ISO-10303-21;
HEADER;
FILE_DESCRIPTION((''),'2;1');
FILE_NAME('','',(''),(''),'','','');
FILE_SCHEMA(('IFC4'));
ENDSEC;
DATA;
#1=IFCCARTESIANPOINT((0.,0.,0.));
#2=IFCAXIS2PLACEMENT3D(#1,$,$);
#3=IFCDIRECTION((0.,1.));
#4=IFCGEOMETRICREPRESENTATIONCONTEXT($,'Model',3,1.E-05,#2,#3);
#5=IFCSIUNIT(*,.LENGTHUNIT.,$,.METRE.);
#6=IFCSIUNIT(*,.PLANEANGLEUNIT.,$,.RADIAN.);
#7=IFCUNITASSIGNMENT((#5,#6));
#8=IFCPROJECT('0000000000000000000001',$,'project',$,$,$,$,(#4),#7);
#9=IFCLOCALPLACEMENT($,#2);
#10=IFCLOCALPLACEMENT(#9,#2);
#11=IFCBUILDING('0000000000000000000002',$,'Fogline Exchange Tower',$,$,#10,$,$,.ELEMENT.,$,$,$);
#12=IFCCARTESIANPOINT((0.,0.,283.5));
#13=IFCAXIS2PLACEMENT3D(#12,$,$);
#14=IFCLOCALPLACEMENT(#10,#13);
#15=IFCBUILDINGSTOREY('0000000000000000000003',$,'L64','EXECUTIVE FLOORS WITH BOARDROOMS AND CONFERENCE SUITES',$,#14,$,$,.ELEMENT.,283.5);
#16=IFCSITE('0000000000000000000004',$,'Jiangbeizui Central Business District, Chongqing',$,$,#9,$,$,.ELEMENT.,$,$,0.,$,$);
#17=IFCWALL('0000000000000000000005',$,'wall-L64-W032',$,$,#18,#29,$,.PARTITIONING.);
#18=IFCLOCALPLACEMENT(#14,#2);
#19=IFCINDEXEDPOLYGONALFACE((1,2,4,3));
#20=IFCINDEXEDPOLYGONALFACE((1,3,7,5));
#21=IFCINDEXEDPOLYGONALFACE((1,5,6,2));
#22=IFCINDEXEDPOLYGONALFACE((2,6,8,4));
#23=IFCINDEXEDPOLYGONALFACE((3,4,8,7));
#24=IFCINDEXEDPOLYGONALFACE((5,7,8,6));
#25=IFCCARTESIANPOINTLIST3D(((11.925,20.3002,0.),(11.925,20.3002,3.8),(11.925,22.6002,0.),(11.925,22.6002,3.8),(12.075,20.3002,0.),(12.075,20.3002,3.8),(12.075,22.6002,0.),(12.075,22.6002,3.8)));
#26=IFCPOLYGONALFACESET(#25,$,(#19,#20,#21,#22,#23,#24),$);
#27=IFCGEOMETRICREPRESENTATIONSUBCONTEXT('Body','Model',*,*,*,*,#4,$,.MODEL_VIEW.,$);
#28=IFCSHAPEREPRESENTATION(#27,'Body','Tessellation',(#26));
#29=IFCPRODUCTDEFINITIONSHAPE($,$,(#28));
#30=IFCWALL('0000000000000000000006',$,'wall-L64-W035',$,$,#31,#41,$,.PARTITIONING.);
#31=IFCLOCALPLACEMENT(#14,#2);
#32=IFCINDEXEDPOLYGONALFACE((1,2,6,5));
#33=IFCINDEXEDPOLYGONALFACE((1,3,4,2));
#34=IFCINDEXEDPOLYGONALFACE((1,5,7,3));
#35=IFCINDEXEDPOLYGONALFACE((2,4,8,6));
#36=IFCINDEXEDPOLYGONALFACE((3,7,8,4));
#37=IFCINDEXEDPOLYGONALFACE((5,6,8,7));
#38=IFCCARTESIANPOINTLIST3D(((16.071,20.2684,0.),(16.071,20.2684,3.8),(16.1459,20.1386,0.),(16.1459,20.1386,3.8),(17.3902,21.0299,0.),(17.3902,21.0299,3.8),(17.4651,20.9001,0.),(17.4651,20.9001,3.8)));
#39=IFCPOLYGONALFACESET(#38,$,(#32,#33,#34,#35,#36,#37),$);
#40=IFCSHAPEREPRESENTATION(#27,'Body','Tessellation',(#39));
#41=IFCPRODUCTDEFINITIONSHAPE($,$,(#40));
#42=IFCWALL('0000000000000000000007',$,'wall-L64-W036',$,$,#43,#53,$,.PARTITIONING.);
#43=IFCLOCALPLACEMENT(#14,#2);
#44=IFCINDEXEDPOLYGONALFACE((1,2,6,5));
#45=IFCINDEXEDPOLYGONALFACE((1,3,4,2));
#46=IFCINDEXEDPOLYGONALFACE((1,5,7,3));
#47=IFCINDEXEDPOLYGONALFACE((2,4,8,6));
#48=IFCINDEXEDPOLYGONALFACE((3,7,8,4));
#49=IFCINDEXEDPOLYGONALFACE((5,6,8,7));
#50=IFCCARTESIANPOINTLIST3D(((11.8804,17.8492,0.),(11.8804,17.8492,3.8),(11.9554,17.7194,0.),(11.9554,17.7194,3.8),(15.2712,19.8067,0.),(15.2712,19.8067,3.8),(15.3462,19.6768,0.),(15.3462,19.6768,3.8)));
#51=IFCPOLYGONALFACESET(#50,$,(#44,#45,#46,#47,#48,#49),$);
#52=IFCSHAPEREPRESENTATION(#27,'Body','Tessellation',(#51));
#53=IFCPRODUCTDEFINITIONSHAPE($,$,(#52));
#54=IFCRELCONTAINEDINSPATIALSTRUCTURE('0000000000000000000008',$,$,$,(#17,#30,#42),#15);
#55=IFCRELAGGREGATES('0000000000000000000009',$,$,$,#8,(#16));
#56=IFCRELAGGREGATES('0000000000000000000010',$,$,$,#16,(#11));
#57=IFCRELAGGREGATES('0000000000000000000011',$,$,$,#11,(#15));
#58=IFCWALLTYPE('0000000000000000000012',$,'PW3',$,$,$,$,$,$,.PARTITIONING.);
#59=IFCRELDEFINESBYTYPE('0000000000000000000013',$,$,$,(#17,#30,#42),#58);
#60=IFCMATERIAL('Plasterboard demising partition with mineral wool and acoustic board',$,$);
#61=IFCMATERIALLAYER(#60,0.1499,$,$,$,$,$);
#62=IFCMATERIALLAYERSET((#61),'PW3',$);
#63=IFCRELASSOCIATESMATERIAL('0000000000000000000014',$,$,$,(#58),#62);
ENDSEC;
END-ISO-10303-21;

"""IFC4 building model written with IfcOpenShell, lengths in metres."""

from ifc_helpers import new_model, si_unit, direction, frame, frame_2d, origin, place, context, subcontext, project, spatial, rectangle, extrude, material, layer, layer_set, type_object, element, save


model = new_model("IFC4")

# Units and contexts
model_context = context("Model", 3, precision=1e-05, world=origin(), true_north=direction((0.0, 1.0)))
body_context = subcontext(model_context, "Body", "Model", "MODEL_VIEW")
ifc_project = project(units=[si_unit("LENGTHUNIT", "METRE"), si_unit("PLANEANGLEUNIT", "RADIAN")], contexts=[model_context])

# Site, building, storey
site_placement = place(None, origin())
site = spatial("IfcSite", under=ifc_project, at=site_placement, Name="Jiangbeizui Central Business District, Chongqing", CompositionType="ELEMENT", RefElevation=0.0)
building_placement = place(site_placement, origin())
building = spatial("IfcBuilding", under=site, at=building_placement, Name="Fogline Exchange Tower", CompositionType="ELEMENT")
storey_placement = place(building_placement, frame((0.0, 0.0, 283.5)))
storey = spatial("IfcBuildingStorey", under=building, at=storey_placement, Name="L64", Description="EXECUTIVE FLOORS WITH BOARDROOMS AND CONFERENCE SUITES", CompositionType="ELEMENT", Elevation=283.5)

# Walls
ifc_material_1 = material(Name="Plasterboard demising partition with mineral wool and acoustic board")
ifc_layer_1 = layer(ifc_material_1, 0.1499)
ifc_layer_set_1 = layer_set([ifc_layer_1], Name="PW3")
wall_type_1 = type_object("IfcWallType", Name="PW3", PredefinedType="PARTITIONING", material=ifc_layer_set_1)
wall_1_placement = place(storey_placement, frame((12.0, 22.6001, 0.0), z_axis=(0.0, 0.0, 1.0), x_axis=(0.0, -1.0, 0.0)))
element("IfcWall", 1, at=wall_1_placement, inside=storey, type_object=wall_type_1, Name="wall-L64-W032", PredefinedType="PARTITIONING", context=body_context, shape_type="SweptSolid", body=[
    extrude(rectangle(XDim=2.3, YDim=0.1499, at=frame_2d((1.1499, 0.0))), origin(), (0.0, 0.0, 1.0), 3.8),
])
wall_2_placement = place(storey_placement, frame((17.4277, 20.9651, 0.0), z_axis=(0.0, 0.0, 1.0), x_axis=(-0.866055, -0.499949, 0.0)))
element("IfcWall", 2, at=wall_2_placement, inside=storey, type_object=wall_type_1, Name="wall-L64-W035", PredefinedType="PARTITIONING", context=body_context, shape_type="SweptSolid", body=[
    extrude(rectangle(XDim=1.5232, YDim=0.1499, at=frame_2d((0.7617, 0.0))), origin(), (0.0, 0.0, 1.0), 3.8),
])
wall_3_placement = place(storey_placement, frame((15.3086, 19.7417, 0.0), z_axis=(0.0, 0.0, 1.0), x_axis=(-0.866047, -0.499962, 0.0)))
element("IfcWall", 3, at=wall_3_placement, inside=storey, type_object=wall_type_1, Name="wall-L64-W036", PredefinedType="PARTITIONING", context=body_context, shape_type="SweptSolid", body=[
    extrude(rectangle(XDim=3.9153, YDim=0.1499, at=frame_2d((1.9575, 0.0))), origin(), (0.0, 0.0, 1.0), 3.8),
])

save(model, "model.ifc")
